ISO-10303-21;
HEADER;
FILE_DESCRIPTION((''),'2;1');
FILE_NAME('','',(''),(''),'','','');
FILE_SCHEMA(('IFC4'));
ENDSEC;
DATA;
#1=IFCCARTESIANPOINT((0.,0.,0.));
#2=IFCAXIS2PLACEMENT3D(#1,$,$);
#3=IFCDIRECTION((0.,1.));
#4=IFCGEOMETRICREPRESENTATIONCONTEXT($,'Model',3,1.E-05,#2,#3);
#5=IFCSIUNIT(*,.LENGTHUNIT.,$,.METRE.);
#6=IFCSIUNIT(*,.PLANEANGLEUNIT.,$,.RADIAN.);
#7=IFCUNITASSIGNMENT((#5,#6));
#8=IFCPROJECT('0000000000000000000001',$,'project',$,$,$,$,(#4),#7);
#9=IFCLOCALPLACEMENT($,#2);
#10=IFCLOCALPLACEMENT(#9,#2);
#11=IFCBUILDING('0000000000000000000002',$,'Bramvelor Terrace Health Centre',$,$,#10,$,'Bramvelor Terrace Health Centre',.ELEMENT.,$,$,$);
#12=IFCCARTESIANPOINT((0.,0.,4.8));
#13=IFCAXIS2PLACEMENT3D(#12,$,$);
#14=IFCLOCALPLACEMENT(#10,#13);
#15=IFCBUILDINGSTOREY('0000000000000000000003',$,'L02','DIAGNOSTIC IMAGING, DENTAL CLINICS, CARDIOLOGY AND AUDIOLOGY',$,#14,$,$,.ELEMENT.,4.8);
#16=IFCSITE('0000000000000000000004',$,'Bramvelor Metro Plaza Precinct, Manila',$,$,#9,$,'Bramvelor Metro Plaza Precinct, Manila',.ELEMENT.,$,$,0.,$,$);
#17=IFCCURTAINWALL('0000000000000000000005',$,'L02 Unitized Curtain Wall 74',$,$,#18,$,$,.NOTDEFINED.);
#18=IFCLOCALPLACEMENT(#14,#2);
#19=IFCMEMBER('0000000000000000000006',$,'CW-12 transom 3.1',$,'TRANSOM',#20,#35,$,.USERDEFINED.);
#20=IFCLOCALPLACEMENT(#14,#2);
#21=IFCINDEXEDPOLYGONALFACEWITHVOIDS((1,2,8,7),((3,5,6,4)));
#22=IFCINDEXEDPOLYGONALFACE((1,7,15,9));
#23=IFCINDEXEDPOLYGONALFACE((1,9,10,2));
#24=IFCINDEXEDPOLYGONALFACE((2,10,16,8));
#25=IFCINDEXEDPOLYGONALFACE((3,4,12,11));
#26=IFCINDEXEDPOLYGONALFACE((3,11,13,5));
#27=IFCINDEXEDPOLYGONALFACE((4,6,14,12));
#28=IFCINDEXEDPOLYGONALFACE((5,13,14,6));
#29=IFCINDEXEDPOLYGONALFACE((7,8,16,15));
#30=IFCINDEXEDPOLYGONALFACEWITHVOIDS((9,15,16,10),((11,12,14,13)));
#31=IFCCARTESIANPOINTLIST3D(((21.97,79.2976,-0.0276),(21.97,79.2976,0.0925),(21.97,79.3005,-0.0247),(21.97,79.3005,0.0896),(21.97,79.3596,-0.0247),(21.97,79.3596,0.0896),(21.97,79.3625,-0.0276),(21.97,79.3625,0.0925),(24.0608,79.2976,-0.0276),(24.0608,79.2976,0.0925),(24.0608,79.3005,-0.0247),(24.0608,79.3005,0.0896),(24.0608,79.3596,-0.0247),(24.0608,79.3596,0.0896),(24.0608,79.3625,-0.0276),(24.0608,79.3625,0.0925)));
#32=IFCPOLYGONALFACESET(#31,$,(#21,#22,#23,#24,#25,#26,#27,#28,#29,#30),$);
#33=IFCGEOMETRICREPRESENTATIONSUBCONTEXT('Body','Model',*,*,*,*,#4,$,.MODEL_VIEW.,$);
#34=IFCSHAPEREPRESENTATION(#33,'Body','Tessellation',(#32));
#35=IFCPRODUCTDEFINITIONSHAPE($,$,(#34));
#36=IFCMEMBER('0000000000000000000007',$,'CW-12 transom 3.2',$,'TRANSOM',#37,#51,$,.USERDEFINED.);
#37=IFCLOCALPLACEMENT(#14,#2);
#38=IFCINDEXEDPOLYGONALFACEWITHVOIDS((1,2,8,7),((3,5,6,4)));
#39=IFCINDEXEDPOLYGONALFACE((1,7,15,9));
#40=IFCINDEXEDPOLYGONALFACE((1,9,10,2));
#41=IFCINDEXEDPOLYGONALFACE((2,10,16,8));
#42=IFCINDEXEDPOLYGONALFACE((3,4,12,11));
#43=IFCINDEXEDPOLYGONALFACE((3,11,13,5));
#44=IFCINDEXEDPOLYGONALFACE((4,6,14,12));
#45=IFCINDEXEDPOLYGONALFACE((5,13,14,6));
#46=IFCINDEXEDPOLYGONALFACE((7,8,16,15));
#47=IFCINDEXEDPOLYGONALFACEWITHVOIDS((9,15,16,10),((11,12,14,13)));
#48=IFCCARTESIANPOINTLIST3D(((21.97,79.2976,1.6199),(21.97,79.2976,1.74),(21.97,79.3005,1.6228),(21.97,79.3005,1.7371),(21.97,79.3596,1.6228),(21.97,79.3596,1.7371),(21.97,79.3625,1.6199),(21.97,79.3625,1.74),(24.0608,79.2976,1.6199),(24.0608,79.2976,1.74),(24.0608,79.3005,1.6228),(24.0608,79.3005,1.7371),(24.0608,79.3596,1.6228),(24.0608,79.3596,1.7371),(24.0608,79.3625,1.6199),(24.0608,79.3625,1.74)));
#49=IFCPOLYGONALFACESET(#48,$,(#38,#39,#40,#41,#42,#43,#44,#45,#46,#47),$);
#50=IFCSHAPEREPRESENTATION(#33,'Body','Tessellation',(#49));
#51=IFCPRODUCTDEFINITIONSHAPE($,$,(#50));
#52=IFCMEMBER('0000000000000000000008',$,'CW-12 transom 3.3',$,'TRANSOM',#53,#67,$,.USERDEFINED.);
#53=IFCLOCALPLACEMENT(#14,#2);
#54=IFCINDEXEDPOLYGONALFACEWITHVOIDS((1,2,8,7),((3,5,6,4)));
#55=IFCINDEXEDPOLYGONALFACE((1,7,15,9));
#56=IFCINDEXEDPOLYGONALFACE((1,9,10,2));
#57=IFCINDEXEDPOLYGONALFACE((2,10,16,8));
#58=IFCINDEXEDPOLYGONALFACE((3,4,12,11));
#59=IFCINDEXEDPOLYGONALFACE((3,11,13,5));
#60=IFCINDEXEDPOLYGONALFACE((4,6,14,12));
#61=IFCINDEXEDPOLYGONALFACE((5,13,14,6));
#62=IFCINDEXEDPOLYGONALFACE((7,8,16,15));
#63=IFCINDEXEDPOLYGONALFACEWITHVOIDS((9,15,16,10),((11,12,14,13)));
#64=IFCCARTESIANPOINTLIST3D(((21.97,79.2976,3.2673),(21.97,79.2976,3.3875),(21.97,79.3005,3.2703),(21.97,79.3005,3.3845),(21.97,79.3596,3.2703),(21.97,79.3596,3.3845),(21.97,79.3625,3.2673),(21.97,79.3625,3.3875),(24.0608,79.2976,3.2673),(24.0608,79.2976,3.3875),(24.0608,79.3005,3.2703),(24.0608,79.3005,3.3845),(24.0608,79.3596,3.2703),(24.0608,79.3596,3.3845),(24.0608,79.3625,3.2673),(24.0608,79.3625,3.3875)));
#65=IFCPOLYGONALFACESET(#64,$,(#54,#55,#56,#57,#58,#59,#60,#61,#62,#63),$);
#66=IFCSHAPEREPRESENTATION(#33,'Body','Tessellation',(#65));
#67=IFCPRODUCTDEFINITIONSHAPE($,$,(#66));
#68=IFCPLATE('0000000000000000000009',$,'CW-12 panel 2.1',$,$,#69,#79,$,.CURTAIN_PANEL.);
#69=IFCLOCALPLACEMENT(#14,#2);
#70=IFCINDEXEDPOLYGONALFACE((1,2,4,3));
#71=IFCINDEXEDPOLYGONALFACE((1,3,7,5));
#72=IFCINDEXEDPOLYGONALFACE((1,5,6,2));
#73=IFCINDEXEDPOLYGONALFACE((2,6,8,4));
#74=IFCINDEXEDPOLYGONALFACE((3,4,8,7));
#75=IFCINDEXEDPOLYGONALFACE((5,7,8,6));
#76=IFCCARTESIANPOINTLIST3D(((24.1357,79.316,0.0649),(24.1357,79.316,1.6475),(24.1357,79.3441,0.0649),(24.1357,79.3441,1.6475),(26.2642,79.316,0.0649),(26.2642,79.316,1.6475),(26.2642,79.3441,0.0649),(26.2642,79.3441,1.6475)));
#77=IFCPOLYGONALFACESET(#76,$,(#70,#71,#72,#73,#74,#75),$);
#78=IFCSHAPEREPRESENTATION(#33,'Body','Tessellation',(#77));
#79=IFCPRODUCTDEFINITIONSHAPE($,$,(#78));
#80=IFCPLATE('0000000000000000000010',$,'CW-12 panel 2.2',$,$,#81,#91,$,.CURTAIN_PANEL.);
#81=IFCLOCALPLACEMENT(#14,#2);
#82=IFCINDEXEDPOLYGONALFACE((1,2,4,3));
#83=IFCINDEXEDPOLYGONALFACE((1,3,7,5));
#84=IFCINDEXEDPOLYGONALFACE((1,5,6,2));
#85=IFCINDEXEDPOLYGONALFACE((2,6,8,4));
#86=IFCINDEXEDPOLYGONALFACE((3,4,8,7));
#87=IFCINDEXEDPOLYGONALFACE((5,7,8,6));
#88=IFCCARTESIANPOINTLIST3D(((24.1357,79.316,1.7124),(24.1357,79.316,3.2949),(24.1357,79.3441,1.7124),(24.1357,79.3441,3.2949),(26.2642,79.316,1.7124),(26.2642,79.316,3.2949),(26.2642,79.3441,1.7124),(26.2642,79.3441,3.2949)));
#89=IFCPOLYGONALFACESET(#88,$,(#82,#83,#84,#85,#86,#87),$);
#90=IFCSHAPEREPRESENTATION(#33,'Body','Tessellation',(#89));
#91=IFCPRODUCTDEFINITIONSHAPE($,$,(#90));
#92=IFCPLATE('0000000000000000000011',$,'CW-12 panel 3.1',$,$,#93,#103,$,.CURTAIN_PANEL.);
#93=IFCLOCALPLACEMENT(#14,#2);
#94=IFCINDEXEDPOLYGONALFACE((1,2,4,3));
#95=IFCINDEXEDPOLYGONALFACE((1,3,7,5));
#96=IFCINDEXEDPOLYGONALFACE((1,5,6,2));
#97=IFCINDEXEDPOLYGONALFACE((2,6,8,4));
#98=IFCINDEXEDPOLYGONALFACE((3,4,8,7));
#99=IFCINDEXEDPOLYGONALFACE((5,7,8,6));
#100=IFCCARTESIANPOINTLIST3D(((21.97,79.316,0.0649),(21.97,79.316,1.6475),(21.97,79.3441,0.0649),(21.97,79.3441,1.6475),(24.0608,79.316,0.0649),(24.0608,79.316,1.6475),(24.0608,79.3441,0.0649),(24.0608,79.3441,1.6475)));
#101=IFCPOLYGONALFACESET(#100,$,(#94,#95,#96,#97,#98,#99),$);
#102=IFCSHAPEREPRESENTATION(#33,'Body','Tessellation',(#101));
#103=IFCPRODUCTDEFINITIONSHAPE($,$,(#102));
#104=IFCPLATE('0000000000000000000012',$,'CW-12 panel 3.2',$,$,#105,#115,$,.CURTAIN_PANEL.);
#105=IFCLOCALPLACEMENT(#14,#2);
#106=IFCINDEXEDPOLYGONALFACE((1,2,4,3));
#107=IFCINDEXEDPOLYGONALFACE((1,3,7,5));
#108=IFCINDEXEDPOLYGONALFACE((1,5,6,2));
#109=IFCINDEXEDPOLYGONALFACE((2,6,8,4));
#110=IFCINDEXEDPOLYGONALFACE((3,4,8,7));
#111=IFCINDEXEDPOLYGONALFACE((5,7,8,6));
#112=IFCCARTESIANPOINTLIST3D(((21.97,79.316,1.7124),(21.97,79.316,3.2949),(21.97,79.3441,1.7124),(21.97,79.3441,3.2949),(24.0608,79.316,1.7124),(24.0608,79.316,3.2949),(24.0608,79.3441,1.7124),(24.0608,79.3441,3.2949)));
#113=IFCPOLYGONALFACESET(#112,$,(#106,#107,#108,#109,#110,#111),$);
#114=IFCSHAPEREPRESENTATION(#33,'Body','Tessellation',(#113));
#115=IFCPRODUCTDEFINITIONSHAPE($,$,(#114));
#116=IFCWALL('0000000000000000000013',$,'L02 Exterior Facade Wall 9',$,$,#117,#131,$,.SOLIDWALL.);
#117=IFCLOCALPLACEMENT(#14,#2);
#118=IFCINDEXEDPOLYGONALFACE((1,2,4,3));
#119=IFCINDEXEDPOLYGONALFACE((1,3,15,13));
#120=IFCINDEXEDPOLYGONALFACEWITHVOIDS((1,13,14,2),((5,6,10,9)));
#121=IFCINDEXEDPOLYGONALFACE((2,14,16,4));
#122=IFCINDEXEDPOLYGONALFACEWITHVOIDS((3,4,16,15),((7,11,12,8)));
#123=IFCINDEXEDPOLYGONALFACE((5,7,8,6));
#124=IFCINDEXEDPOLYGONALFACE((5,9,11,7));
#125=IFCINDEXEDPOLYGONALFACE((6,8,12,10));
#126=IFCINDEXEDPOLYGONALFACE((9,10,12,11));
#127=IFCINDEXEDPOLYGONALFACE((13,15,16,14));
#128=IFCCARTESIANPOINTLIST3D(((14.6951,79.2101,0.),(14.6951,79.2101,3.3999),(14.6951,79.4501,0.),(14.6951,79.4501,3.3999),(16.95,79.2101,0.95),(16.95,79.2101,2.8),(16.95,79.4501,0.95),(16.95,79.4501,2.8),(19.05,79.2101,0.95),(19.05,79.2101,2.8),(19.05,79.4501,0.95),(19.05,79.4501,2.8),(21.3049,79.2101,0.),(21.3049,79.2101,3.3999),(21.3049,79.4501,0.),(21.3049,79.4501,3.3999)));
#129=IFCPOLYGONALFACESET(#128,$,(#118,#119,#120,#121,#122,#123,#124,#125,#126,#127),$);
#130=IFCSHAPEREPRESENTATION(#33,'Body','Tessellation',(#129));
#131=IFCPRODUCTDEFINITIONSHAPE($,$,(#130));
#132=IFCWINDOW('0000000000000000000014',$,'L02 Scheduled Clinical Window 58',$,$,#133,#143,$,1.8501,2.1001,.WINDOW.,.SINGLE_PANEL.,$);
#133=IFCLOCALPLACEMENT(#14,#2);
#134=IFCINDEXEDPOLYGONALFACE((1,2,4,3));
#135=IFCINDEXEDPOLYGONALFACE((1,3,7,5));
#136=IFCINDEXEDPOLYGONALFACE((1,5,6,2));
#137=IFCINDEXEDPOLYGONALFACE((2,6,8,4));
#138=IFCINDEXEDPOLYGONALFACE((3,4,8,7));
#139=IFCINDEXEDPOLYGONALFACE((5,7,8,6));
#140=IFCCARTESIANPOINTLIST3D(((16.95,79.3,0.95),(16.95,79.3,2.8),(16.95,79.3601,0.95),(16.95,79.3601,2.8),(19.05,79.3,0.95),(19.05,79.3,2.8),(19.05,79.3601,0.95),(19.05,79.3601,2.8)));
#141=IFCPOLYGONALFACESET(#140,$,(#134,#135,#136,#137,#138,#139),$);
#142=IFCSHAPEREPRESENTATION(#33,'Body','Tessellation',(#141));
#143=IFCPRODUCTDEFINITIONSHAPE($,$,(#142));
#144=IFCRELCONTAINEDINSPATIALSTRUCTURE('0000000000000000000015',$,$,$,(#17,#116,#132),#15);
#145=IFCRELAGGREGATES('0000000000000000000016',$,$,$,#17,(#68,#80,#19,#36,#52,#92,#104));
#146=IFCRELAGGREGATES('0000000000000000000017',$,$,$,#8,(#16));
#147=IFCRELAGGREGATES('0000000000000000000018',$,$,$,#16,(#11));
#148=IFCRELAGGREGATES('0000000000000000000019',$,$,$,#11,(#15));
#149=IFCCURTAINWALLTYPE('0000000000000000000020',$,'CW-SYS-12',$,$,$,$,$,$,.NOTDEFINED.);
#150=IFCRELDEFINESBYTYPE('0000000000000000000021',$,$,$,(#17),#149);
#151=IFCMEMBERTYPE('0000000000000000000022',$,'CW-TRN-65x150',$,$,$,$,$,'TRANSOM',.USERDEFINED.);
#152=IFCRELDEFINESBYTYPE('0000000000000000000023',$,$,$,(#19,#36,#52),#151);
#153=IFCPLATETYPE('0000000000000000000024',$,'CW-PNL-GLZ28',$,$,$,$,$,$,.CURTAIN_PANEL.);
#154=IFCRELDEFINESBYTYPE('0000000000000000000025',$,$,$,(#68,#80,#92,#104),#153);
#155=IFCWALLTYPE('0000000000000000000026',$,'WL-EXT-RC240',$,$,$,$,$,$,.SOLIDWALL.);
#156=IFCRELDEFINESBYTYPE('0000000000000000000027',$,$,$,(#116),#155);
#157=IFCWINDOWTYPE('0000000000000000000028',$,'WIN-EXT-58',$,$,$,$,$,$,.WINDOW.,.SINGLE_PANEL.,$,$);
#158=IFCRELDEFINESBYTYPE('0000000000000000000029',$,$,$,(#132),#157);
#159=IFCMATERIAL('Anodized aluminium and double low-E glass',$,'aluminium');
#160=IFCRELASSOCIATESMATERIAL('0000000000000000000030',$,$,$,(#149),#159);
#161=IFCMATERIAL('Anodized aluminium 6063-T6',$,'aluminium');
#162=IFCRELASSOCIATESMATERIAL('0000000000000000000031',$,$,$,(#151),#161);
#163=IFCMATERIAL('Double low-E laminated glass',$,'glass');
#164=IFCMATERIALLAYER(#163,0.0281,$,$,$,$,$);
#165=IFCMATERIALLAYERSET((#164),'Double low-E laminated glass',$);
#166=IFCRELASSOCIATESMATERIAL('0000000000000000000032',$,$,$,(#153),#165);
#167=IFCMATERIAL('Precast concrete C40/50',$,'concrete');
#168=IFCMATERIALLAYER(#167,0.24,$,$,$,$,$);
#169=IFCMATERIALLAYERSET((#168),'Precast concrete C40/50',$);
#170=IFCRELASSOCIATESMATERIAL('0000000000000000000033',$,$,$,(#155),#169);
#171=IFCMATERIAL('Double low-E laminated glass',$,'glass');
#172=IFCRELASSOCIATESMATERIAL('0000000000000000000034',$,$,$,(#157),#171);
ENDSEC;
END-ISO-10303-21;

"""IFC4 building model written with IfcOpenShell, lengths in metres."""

from ifc_helpers import new_model, si_unit, direction, frame, frame_2d, origin, origin_2d, place, context, subcontext, project, spatial, rectangle, hollow_rectangle, extrude, material, layer, layer_set, material_profile, profile_set, type_object, element, fill, aggregate, save


model = new_model("IFC4")

# Units and contexts
model_context = context("Model", 3, precision=1e-05, world=origin(), true_north=direction((0.0, 1.0)))
body_context = subcontext(model_context, "Body", "Model", "MODEL_VIEW")
ifc_project = project(units=[si_unit("LENGTHUNIT", "METRE"), si_unit("PLANEANGLEUNIT", "RADIAN")], contexts=[model_context])

# Site, building, storey
site_placement = place(None, origin())
site = spatial("IfcSite", under=ifc_project, at=site_placement, Name="Bramvelor Metro Plaza Precinct, Manila", LongName="Bramvelor Metro Plaza Precinct, Manila", CompositionType="ELEMENT", RefElevation=0.0)
building_placement = place(site_placement, origin())
building = spatial("IfcBuilding", under=site, at=building_placement, Name="Bramvelor Terrace Health Centre", LongName="Bramvelor Terrace Health Centre", CompositionType="ELEMENT")
storey_placement = place(building_placement, frame((0.0, 0.0, 4.8)))
storey = spatial("IfcBuildingStorey", under=building, at=storey_placement, Name="L02", Description="DIAGNOSTIC IMAGING, DENTAL CLINICS, CARDIOLOGY AND AUDIOLOGY", CompositionType="ELEMENT", Elevation=4.8)

# Curtain wall, members, plates
ifc_material_1 = material(Name="Anodized aluminium and double low-E glass", Category="aluminium")
curtain_wall_type = type_object("IfcCurtainWallType", Name="CW-SYS-12", PredefinedType="NOTDEFINED", material=ifc_material_1)
curtain_wall_placement = place(storey_placement, origin())
curtain_wall = element("IfcCurtainWall", 1, at=curtain_wall_placement, inside=storey, type_object=curtain_wall_type, Name="L02 Unitized Curtain Wall 74", PredefinedType="NOTDEFINED")
ifc_material_2 = material(Name="Anodized aluminium 6063-T6", Category="aluminium")
ifc_material_profile_1 = material_profile(ifc_material_2, hollow_rectangle(XDim=0.0649, YDim=0.1201, WallThickness=0.0029, at=origin_2d()), Name="ALU-TRN 65x120x3.0")
ifc_profile_set_1 = profile_set([ifc_material_profile_1], Name="Anodized aluminium 6063-T6")
member_type_1 = type_object("IfcMemberType", Name="CW-TRN-65x150", ElementType="TRANSOM", PredefinedType="USERDEFINED", material=ifc_profile_set_1)
member_1_placement = place(storey_placement, frame((24.0608, 79.3301, 0.0325), z_axis=(-1.0, 0.0, 0.0), x_axis=(0.0, -1.0, 0.0)))
member_1 = element("IfcMember", 2, at=member_1_placement, type_object=member_type_1, Name="CW-12 transom 3.1", ObjectType="TRANSOM", PredefinedType="USERDEFINED", context=body_context, shape_type="SweptSolid", body=[
    extrude(hollow_rectangle(XDim=0.0649, YDim=0.1201, WallThickness=0.0029, at=origin_2d()), origin(), (0.0, 0.0, 1.0), 2.0908),
])
member_2_placement = place(storey_placement, frame((24.0608, 79.3301, 1.6799), z_axis=(-1.0, 0.0, 0.0), x_axis=(0.0, -1.0, 0.0)))
member_2 = element("IfcMember", 3, at=member_2_placement, type_object=member_type_1, Name="CW-12 transom 3.2", ObjectType="TRANSOM", PredefinedType="USERDEFINED", context=body_context, shape_type="SweptSolid", body=[
    extrude(hollow_rectangle(XDim=0.0649, YDim=0.1201, WallThickness=0.0029, at=origin_2d()), origin(), (0.0, 0.0, 1.0), 2.0908),
])
member_3_placement = place(storey_placement, frame((24.0608, 79.3301, 3.3274), z_axis=(-1.0, 0.0, 0.0), x_axis=(0.0, -1.0, 0.0)))
member_3 = element("IfcMember", 4, at=member_3_placement, type_object=member_type_1, Name="CW-12 transom 3.3", ObjectType="TRANSOM", PredefinedType="USERDEFINED", context=body_context, shape_type="SweptSolid", body=[
    extrude(hollow_rectangle(XDim=0.0649, YDim=0.1201, WallThickness=0.0029, at=origin_2d()), origin(), (0.0, 0.0, 1.0), 2.0908),
])
ifc_material_3 = material(Name="Double low-E laminated glass", Category="glass")
ifc_layer_1 = layer(ifc_material_3, 0.0281)
ifc_layer_set_1 = layer_set([ifc_layer_1], Name="Double low-E laminated glass")
plate_type = type_object("IfcPlateType", Name="CW-PNL-GLZ28", PredefinedType="CURTAIN_PANEL", material=ifc_layer_set_1)
plate_1_placement = place(storey_placement, frame((25.2, 79.3301, 0.0649), z_axis=(0.0, 0.0, 1.0), x_axis=(-1.0, 0.0, 0.0)))
plate_1 = element("IfcPlate", 5, at=plate_1_placement, type_object=plate_type, Name="CW-12 panel 2.1", PredefinedType="CURTAIN_PANEL", context=body_context, shape_type="SweptSolid", body=[
    extrude(rectangle(XDim=2.1284, YDim=0.0281, at=origin_2d()), origin(), (0.0, 0.0, 1.0), 1.5825),
])
plate_2_placement = place(storey_placement, frame((25.2, 79.3301, 1.7124), z_axis=(0.0, 0.0, 1.0), x_axis=(-1.0, 0.0, 0.0)))
plate_2 = element("IfcPlate", 6, at=plate_2_placement, type_object=plate_type, Name="CW-12 panel 2.2", PredefinedType="CURTAIN_PANEL", context=body_context, shape_type="SweptSolid", body=[
    extrude(rectangle(XDim=2.1284, YDim=0.0281, at=origin_2d()), origin(), (0.0, 0.0, 1.0), 1.5825),
])
plate_3_placement = place(storey_placement, frame((23.0154, 79.3301, 0.0649), z_axis=(0.0, 0.0, 1.0), x_axis=(-1.0, 0.0, 0.0)))
plate_3 = element("IfcPlate", 7, at=plate_3_placement, type_object=plate_type, Name="CW-12 panel 3.1", PredefinedType="CURTAIN_PANEL", context=body_context, shape_type="SweptSolid", body=[
    extrude(rectangle(XDim=2.0908, YDim=0.0281, at=origin_2d()), origin(), (0.0, 0.0, 1.0), 1.5825),
])
plate_4_placement = place(storey_placement, frame((23.0154, 79.3301, 1.7124), z_axis=(0.0, 0.0, 1.0), x_axis=(-1.0, 0.0, 0.0)))
plate_4 = element("IfcPlate", 8, at=plate_4_placement, type_object=plate_type, Name="CW-12 panel 3.2", PredefinedType="CURTAIN_PANEL", context=body_context, shape_type="SweptSolid", body=[
    extrude(rectangle(XDim=2.0908, YDim=0.0281, at=origin_2d()), origin(), (0.0, 0.0, 1.0), 1.5825),
])
aggregate(curtain_wall, [plate_1, plate_2, member_1, member_2, member_3, plate_3, plate_4])

# Wall, opening, window
ifc_material_4 = material(Name="Precast concrete C40/50", Category="concrete")
ifc_layer_2 = layer(ifc_material_4, 0.24)
ifc_layer_set_2 = layer_set([ifc_layer_2], Name="Precast concrete C40/50")
wall_type = type_object("IfcWallType", Name="WL-EXT-RC240", PredefinedType="SOLIDWALL", material=ifc_layer_set_2)
wall_placement = place(storey_placement, frame((21.3049, 79.3301, 0.0), z_axis=(0.0, 0.0, 1.0), x_axis=(-1.0, 0.0, 0.0)))
wall = element("IfcWall", 9, at=wall_placement, inside=storey, type_object=wall_type, Name="L02 Exterior Facade Wall 9", PredefinedType="SOLIDWALL", context=body_context, shape_type="SweptSolid", body=[
    extrude(rectangle(XDim=6.6099, YDim=0.24, at=frame_2d((3.3049, 0.0))), origin(), (0.0, 0.0, 1.0), 3.3999),
])
opening_placement = place(wall_placement, frame((2.2549, 0.0, 0.95)))
opening = element("IfcOpeningElement", 10, at=opening_placement, cuts=wall, PredefinedType="OPENING", context=body_context, shape_type="SweptSolid", body=[
    extrude(rectangle(XDim=2.1001, YDim=1.8501, at=frame_2d((1.05, 0.925))), frame((0.0, 0.1299, 0.0), z_axis=(0.0, -1.0, 0.0), x_axis=(1.0, 0.0, 0.0)), (0.0, 0.0, 1.0), 0.26),
])
ifc_material_5 = material(Name="Double low-E laminated glass", Category="glass")
window_type = type_object("IfcWindowType", Name="WIN-EXT-58", PartitioningType="SINGLE_PANEL", PredefinedType="WINDOW", material=ifc_material_5)
window_placement = place(opening_placement, origin())
window = element("IfcWindow", 11, at=window_placement, inside=storey, type_object=window_type, Name="L02 Scheduled Clinical Window 58", OverallHeight=1.8501, OverallWidth=2.1001, PartitioningType="SINGLE_PANEL", PredefinedType="WINDOW", context=body_context, shape_type="SweptSolid", body=[
    extrude(rectangle(XDim=2.1001, YDim=1.8501, at=frame_2d((1.05, 0.925))), frame((0.0, 0.03, 0.0), z_axis=(0.0, -1.0, 0.0), x_axis=(1.0, 0.0, 0.0)), (0.0, 0.0, 1.0), 0.0601),
])
fill(opening, window)

save(model, "model.ifc")
